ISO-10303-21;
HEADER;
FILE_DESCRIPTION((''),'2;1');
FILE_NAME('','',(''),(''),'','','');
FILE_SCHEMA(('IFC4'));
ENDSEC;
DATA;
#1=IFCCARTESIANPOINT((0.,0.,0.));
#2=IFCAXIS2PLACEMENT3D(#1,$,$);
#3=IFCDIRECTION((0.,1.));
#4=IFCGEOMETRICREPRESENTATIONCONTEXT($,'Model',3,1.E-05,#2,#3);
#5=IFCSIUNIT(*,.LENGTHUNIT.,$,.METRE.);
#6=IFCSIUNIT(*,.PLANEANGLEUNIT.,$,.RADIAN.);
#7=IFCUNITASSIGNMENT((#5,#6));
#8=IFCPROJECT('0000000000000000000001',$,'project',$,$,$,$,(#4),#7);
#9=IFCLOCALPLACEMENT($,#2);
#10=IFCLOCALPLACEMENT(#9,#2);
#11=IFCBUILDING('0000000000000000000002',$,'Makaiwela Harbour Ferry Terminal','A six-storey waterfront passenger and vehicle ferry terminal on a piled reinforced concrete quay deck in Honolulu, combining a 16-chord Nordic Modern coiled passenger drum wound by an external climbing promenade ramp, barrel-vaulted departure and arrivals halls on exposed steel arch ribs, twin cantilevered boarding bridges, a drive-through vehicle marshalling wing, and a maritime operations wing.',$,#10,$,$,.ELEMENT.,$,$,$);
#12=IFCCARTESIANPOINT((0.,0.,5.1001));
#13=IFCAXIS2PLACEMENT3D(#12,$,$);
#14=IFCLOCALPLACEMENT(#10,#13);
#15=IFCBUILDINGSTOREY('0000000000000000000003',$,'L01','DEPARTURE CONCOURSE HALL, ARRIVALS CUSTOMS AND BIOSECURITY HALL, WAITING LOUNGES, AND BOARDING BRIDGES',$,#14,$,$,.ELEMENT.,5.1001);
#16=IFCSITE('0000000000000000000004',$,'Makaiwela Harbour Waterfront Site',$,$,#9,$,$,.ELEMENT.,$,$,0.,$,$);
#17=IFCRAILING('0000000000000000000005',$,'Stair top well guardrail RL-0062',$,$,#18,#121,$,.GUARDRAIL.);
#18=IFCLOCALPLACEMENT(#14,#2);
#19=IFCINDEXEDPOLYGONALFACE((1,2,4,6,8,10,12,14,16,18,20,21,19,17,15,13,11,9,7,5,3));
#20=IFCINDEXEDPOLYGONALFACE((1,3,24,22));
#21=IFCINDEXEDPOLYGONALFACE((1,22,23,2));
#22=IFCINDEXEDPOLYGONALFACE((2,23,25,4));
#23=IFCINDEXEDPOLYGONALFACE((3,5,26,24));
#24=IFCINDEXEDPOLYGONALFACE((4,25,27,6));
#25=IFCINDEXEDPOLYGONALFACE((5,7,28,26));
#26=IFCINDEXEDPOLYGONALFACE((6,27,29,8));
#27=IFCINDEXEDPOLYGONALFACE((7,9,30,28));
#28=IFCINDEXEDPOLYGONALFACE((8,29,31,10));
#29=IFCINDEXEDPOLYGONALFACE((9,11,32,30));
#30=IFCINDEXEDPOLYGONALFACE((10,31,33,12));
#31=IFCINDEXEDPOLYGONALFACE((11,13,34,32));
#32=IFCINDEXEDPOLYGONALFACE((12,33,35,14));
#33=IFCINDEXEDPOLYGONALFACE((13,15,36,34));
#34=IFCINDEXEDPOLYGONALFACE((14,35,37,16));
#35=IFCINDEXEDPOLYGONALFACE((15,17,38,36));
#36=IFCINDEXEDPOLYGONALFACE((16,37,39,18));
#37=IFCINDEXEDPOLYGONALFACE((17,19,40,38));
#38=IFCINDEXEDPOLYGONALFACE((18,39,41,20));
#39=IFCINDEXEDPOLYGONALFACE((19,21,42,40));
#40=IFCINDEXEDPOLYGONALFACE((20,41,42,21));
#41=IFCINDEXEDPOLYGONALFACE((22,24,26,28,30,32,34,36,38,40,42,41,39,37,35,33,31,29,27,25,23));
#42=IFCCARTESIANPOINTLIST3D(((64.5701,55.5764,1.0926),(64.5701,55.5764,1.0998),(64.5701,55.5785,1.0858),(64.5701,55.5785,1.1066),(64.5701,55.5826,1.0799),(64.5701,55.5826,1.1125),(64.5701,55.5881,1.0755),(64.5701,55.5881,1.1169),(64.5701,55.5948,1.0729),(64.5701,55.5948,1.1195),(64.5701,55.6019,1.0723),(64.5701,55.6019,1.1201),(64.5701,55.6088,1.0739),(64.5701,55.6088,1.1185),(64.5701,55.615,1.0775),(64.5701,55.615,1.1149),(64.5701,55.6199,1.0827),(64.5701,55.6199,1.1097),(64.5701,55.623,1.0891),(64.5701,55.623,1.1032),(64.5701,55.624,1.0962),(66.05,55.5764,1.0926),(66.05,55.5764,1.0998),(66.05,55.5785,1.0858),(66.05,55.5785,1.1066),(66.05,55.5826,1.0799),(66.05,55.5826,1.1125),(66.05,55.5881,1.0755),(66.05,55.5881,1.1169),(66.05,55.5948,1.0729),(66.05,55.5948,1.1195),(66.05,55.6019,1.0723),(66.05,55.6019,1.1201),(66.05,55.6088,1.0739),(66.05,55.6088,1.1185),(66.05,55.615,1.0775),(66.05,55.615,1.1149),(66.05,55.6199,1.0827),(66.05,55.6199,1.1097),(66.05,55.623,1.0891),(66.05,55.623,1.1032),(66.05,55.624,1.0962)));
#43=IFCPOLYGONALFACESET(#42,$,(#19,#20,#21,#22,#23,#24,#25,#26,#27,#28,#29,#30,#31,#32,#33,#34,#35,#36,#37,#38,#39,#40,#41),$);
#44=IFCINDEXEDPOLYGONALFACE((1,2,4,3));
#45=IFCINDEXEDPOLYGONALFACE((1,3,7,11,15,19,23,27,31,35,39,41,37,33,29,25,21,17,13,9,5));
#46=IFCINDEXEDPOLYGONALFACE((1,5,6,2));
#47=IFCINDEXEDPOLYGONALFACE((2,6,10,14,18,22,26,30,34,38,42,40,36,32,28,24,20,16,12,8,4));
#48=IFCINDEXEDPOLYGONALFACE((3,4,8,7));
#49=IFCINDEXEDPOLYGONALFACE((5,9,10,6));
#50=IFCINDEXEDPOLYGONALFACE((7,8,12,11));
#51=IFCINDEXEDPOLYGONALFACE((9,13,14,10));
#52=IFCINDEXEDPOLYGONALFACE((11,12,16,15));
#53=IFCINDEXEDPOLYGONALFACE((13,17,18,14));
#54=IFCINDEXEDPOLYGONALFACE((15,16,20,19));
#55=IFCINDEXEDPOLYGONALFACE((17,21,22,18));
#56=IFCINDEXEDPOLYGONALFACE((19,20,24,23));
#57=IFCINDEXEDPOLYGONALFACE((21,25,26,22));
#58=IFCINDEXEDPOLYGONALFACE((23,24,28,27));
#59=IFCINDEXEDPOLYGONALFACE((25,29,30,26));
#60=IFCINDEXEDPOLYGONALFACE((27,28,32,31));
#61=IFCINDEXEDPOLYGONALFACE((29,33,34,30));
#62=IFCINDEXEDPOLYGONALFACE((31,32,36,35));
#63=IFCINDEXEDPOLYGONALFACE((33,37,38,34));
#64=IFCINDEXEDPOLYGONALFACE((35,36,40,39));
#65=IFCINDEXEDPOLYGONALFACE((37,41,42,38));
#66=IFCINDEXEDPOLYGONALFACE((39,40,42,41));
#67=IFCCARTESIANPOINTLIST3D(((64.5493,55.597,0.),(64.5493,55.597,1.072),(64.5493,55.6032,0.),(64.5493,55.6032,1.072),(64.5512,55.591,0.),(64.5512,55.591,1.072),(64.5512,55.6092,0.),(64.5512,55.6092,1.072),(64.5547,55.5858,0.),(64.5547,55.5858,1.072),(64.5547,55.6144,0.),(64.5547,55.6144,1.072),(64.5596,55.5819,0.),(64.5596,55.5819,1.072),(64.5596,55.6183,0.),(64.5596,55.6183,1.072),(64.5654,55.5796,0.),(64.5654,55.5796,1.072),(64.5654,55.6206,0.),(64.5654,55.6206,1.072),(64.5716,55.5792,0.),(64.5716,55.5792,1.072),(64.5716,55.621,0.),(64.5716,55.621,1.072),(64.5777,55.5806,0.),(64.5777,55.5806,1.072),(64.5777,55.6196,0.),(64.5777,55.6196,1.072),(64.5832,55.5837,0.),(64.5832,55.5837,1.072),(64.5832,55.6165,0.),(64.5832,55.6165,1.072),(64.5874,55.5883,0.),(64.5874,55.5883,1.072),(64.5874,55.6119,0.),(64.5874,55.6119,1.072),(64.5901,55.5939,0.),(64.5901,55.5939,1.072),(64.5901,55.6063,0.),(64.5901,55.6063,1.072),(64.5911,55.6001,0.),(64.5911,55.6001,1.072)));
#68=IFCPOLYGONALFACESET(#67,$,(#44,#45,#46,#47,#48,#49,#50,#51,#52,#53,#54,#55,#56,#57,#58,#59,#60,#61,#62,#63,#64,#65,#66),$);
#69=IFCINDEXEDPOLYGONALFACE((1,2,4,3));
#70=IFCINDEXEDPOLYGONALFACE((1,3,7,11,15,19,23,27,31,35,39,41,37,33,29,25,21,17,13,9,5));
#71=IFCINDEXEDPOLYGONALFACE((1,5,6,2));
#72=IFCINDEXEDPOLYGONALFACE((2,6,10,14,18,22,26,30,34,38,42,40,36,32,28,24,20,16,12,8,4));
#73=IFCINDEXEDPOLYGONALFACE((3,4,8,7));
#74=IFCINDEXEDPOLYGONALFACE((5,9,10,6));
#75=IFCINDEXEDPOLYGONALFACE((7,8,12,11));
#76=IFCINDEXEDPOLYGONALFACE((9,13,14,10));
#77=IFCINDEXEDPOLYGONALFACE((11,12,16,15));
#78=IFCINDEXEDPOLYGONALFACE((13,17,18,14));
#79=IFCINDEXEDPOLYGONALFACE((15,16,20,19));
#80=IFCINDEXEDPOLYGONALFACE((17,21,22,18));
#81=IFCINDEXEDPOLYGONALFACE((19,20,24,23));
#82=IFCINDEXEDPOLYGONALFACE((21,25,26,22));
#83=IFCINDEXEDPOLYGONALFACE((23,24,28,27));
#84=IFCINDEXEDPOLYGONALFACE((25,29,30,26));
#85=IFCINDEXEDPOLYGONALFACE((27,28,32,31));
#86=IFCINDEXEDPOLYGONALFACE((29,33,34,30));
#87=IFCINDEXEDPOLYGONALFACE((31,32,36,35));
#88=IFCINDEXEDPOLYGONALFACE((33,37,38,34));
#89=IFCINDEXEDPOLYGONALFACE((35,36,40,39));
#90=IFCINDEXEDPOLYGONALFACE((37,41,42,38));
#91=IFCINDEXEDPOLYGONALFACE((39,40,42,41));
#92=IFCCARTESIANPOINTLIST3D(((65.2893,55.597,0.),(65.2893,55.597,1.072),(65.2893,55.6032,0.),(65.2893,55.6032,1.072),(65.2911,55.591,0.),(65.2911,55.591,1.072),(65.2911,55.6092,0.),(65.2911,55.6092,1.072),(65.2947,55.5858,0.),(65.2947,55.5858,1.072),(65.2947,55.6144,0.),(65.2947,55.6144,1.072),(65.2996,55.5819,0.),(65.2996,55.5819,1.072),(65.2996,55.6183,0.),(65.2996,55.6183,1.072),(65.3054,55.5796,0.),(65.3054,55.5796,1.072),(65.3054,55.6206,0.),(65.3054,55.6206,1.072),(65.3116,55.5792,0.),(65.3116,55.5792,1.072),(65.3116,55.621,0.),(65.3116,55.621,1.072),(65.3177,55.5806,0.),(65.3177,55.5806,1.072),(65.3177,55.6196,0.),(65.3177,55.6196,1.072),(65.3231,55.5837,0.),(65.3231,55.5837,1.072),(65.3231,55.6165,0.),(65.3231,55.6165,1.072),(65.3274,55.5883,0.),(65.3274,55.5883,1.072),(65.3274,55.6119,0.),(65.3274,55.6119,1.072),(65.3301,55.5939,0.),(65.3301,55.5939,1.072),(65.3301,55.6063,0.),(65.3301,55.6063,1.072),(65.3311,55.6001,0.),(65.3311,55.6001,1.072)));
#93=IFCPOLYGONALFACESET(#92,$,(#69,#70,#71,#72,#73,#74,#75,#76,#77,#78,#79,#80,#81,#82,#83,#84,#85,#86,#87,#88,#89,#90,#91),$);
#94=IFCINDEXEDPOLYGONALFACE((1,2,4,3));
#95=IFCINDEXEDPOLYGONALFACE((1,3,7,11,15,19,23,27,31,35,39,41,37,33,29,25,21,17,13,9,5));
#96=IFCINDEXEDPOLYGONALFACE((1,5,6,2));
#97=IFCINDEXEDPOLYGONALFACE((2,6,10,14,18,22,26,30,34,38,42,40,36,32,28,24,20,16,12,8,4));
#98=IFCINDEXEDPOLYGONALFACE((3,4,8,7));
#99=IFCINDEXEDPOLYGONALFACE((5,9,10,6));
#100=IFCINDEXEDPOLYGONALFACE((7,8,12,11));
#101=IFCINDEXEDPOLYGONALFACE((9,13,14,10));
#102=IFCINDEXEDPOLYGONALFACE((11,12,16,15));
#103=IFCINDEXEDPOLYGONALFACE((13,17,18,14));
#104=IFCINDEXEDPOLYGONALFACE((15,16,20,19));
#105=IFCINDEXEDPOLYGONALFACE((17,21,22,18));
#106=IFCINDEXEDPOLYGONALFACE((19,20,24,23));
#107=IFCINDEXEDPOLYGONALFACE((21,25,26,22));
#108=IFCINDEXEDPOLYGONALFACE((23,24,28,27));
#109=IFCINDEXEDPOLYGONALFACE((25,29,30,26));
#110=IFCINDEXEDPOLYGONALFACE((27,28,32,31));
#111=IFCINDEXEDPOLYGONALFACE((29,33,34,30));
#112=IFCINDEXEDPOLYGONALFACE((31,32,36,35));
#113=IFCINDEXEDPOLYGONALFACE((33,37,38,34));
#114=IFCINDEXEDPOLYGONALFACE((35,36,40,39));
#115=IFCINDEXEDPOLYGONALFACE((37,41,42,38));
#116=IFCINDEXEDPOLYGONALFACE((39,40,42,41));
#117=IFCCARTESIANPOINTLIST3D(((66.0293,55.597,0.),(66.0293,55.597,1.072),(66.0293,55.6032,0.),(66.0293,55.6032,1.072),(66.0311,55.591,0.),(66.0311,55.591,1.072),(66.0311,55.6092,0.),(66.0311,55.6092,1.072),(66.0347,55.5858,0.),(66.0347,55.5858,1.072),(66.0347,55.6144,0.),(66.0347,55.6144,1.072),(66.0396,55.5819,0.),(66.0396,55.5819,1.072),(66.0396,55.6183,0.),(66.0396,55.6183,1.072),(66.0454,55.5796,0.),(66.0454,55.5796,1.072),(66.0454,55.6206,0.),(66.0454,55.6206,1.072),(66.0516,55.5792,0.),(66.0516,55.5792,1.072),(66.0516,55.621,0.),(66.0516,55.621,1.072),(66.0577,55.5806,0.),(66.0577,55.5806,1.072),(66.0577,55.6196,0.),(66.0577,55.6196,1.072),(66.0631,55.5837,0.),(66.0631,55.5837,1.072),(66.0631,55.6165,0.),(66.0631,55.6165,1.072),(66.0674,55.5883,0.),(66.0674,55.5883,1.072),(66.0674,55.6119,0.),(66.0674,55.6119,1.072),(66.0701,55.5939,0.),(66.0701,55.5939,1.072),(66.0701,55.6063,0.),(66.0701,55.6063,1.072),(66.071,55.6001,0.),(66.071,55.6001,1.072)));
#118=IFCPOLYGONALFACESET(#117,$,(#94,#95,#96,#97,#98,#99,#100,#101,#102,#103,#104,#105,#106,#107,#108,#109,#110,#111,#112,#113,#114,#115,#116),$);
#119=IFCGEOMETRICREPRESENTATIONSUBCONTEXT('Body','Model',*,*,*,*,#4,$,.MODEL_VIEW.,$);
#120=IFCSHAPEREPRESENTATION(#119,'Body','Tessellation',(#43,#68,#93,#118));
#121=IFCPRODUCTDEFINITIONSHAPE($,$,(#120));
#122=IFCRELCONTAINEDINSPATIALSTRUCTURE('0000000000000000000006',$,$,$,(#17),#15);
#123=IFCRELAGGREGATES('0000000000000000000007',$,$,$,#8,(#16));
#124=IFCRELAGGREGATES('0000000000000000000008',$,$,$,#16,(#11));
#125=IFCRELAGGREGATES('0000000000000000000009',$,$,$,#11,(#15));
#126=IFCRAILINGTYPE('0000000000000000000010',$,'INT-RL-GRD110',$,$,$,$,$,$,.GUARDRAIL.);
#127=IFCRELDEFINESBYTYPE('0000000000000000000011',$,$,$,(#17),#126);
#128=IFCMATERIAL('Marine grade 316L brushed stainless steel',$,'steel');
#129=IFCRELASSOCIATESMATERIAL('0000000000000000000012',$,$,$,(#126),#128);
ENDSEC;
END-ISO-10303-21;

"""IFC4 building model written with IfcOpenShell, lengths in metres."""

from ifc_helpers import new_model, si_unit, direction, frame, origin, origin_2d, place, context, subcontext, project, spatial, circle, extrude, material, type_object, element, save


model = new_model("IFC4")

# Units and contexts
model_context = context("Model", 3, precision=1e-05, world=origin(), true_north=direction((0.0, 1.0)))
body_context = subcontext(model_context, "Body", "Model", "MODEL_VIEW")
ifc_project = project(units=[si_unit("LENGTHUNIT", "METRE"), si_unit("PLANEANGLEUNIT", "RADIAN")], contexts=[model_context])

# Site, building, storey
site_placement = place(None, origin())
site = spatial("IfcSite", under=ifc_project, at=site_placement, Name="Makaiwela Harbour Waterfront Site", CompositionType="ELEMENT", RefElevation=0.0)
building_placement = place(site_placement, origin())
building = spatial("IfcBuilding", under=site, at=building_placement, Name="Makaiwela Harbour Ferry Terminal", Description="A six-storey waterfront passenger and vehicle ferry terminal on a piled reinforced concrete quay deck in Honolulu, combining a 16-chord Nordic Modern coiled passenger drum wound by an external climbing promenade ramp, barrel-vaulted departure and arrivals halls on exposed steel arch ribs, twin cantilevered boarding bridges, a drive-through vehicle marshalling wing, and a maritime operations wing.", CompositionType="ELEMENT")
storey_placement = place(building_placement, frame((0.0, 0.0, 5.1001)))
storey = spatial("IfcBuildingStorey", under=building, at=storey_placement, Name="L01", Description="DEPARTURE CONCOURSE HALL, ARRIVALS CUSTOMS AND BIOSECURITY HALL, WAITING LOUNGES, AND BOARDING BRIDGES", CompositionType="ELEMENT", Elevation=5.1001)

# Shared definitions
ifc_material_1 = material(Name="Marine grade 316L brushed stainless steel", Category="steel")

# Railing
railing_type_1 = type_object("IfcRailingType", Name="INT-RL-GRD110", PredefinedType="GUARDRAIL", material=ifc_material_1)
railing_1_placement = place(storey_placement, frame((64.5701, 55.6001, 0.0)))
element("IfcRailing", 1, at=railing_1_placement, inside=storey, type_object=railing_type_1, Name="Stair top well guardrail RL-0062", PredefinedType="GUARDRAIL", context=body_context, shape_type="SweptSolid", body=[
    extrude(circle(Radius=0.0239, at=origin_2d()), frame((0.0, 0.0, 1.0962), z_axis=(1.0, 0.0, 0.0), x_axis=(0.0, 1.0, 0.0)), (0.0, 0.0, 1.0), 1.48),
    extrude(circle(Radius=0.021, at=origin_2d()), origin(), (0.0, 0.0, 1.0), 1.072),
    extrude(circle(Radius=0.021, at=origin_2d()), frame((0.74, 0.0, 0.0)), (0.0, 0.0, 1.0), 1.072),
    extrude(circle(Radius=0.021, at=origin_2d()), frame((1.48, 0.0, 0.0)), (0.0, 0.0, 1.0), 1.072),
])

save(model, "model.ifc")
